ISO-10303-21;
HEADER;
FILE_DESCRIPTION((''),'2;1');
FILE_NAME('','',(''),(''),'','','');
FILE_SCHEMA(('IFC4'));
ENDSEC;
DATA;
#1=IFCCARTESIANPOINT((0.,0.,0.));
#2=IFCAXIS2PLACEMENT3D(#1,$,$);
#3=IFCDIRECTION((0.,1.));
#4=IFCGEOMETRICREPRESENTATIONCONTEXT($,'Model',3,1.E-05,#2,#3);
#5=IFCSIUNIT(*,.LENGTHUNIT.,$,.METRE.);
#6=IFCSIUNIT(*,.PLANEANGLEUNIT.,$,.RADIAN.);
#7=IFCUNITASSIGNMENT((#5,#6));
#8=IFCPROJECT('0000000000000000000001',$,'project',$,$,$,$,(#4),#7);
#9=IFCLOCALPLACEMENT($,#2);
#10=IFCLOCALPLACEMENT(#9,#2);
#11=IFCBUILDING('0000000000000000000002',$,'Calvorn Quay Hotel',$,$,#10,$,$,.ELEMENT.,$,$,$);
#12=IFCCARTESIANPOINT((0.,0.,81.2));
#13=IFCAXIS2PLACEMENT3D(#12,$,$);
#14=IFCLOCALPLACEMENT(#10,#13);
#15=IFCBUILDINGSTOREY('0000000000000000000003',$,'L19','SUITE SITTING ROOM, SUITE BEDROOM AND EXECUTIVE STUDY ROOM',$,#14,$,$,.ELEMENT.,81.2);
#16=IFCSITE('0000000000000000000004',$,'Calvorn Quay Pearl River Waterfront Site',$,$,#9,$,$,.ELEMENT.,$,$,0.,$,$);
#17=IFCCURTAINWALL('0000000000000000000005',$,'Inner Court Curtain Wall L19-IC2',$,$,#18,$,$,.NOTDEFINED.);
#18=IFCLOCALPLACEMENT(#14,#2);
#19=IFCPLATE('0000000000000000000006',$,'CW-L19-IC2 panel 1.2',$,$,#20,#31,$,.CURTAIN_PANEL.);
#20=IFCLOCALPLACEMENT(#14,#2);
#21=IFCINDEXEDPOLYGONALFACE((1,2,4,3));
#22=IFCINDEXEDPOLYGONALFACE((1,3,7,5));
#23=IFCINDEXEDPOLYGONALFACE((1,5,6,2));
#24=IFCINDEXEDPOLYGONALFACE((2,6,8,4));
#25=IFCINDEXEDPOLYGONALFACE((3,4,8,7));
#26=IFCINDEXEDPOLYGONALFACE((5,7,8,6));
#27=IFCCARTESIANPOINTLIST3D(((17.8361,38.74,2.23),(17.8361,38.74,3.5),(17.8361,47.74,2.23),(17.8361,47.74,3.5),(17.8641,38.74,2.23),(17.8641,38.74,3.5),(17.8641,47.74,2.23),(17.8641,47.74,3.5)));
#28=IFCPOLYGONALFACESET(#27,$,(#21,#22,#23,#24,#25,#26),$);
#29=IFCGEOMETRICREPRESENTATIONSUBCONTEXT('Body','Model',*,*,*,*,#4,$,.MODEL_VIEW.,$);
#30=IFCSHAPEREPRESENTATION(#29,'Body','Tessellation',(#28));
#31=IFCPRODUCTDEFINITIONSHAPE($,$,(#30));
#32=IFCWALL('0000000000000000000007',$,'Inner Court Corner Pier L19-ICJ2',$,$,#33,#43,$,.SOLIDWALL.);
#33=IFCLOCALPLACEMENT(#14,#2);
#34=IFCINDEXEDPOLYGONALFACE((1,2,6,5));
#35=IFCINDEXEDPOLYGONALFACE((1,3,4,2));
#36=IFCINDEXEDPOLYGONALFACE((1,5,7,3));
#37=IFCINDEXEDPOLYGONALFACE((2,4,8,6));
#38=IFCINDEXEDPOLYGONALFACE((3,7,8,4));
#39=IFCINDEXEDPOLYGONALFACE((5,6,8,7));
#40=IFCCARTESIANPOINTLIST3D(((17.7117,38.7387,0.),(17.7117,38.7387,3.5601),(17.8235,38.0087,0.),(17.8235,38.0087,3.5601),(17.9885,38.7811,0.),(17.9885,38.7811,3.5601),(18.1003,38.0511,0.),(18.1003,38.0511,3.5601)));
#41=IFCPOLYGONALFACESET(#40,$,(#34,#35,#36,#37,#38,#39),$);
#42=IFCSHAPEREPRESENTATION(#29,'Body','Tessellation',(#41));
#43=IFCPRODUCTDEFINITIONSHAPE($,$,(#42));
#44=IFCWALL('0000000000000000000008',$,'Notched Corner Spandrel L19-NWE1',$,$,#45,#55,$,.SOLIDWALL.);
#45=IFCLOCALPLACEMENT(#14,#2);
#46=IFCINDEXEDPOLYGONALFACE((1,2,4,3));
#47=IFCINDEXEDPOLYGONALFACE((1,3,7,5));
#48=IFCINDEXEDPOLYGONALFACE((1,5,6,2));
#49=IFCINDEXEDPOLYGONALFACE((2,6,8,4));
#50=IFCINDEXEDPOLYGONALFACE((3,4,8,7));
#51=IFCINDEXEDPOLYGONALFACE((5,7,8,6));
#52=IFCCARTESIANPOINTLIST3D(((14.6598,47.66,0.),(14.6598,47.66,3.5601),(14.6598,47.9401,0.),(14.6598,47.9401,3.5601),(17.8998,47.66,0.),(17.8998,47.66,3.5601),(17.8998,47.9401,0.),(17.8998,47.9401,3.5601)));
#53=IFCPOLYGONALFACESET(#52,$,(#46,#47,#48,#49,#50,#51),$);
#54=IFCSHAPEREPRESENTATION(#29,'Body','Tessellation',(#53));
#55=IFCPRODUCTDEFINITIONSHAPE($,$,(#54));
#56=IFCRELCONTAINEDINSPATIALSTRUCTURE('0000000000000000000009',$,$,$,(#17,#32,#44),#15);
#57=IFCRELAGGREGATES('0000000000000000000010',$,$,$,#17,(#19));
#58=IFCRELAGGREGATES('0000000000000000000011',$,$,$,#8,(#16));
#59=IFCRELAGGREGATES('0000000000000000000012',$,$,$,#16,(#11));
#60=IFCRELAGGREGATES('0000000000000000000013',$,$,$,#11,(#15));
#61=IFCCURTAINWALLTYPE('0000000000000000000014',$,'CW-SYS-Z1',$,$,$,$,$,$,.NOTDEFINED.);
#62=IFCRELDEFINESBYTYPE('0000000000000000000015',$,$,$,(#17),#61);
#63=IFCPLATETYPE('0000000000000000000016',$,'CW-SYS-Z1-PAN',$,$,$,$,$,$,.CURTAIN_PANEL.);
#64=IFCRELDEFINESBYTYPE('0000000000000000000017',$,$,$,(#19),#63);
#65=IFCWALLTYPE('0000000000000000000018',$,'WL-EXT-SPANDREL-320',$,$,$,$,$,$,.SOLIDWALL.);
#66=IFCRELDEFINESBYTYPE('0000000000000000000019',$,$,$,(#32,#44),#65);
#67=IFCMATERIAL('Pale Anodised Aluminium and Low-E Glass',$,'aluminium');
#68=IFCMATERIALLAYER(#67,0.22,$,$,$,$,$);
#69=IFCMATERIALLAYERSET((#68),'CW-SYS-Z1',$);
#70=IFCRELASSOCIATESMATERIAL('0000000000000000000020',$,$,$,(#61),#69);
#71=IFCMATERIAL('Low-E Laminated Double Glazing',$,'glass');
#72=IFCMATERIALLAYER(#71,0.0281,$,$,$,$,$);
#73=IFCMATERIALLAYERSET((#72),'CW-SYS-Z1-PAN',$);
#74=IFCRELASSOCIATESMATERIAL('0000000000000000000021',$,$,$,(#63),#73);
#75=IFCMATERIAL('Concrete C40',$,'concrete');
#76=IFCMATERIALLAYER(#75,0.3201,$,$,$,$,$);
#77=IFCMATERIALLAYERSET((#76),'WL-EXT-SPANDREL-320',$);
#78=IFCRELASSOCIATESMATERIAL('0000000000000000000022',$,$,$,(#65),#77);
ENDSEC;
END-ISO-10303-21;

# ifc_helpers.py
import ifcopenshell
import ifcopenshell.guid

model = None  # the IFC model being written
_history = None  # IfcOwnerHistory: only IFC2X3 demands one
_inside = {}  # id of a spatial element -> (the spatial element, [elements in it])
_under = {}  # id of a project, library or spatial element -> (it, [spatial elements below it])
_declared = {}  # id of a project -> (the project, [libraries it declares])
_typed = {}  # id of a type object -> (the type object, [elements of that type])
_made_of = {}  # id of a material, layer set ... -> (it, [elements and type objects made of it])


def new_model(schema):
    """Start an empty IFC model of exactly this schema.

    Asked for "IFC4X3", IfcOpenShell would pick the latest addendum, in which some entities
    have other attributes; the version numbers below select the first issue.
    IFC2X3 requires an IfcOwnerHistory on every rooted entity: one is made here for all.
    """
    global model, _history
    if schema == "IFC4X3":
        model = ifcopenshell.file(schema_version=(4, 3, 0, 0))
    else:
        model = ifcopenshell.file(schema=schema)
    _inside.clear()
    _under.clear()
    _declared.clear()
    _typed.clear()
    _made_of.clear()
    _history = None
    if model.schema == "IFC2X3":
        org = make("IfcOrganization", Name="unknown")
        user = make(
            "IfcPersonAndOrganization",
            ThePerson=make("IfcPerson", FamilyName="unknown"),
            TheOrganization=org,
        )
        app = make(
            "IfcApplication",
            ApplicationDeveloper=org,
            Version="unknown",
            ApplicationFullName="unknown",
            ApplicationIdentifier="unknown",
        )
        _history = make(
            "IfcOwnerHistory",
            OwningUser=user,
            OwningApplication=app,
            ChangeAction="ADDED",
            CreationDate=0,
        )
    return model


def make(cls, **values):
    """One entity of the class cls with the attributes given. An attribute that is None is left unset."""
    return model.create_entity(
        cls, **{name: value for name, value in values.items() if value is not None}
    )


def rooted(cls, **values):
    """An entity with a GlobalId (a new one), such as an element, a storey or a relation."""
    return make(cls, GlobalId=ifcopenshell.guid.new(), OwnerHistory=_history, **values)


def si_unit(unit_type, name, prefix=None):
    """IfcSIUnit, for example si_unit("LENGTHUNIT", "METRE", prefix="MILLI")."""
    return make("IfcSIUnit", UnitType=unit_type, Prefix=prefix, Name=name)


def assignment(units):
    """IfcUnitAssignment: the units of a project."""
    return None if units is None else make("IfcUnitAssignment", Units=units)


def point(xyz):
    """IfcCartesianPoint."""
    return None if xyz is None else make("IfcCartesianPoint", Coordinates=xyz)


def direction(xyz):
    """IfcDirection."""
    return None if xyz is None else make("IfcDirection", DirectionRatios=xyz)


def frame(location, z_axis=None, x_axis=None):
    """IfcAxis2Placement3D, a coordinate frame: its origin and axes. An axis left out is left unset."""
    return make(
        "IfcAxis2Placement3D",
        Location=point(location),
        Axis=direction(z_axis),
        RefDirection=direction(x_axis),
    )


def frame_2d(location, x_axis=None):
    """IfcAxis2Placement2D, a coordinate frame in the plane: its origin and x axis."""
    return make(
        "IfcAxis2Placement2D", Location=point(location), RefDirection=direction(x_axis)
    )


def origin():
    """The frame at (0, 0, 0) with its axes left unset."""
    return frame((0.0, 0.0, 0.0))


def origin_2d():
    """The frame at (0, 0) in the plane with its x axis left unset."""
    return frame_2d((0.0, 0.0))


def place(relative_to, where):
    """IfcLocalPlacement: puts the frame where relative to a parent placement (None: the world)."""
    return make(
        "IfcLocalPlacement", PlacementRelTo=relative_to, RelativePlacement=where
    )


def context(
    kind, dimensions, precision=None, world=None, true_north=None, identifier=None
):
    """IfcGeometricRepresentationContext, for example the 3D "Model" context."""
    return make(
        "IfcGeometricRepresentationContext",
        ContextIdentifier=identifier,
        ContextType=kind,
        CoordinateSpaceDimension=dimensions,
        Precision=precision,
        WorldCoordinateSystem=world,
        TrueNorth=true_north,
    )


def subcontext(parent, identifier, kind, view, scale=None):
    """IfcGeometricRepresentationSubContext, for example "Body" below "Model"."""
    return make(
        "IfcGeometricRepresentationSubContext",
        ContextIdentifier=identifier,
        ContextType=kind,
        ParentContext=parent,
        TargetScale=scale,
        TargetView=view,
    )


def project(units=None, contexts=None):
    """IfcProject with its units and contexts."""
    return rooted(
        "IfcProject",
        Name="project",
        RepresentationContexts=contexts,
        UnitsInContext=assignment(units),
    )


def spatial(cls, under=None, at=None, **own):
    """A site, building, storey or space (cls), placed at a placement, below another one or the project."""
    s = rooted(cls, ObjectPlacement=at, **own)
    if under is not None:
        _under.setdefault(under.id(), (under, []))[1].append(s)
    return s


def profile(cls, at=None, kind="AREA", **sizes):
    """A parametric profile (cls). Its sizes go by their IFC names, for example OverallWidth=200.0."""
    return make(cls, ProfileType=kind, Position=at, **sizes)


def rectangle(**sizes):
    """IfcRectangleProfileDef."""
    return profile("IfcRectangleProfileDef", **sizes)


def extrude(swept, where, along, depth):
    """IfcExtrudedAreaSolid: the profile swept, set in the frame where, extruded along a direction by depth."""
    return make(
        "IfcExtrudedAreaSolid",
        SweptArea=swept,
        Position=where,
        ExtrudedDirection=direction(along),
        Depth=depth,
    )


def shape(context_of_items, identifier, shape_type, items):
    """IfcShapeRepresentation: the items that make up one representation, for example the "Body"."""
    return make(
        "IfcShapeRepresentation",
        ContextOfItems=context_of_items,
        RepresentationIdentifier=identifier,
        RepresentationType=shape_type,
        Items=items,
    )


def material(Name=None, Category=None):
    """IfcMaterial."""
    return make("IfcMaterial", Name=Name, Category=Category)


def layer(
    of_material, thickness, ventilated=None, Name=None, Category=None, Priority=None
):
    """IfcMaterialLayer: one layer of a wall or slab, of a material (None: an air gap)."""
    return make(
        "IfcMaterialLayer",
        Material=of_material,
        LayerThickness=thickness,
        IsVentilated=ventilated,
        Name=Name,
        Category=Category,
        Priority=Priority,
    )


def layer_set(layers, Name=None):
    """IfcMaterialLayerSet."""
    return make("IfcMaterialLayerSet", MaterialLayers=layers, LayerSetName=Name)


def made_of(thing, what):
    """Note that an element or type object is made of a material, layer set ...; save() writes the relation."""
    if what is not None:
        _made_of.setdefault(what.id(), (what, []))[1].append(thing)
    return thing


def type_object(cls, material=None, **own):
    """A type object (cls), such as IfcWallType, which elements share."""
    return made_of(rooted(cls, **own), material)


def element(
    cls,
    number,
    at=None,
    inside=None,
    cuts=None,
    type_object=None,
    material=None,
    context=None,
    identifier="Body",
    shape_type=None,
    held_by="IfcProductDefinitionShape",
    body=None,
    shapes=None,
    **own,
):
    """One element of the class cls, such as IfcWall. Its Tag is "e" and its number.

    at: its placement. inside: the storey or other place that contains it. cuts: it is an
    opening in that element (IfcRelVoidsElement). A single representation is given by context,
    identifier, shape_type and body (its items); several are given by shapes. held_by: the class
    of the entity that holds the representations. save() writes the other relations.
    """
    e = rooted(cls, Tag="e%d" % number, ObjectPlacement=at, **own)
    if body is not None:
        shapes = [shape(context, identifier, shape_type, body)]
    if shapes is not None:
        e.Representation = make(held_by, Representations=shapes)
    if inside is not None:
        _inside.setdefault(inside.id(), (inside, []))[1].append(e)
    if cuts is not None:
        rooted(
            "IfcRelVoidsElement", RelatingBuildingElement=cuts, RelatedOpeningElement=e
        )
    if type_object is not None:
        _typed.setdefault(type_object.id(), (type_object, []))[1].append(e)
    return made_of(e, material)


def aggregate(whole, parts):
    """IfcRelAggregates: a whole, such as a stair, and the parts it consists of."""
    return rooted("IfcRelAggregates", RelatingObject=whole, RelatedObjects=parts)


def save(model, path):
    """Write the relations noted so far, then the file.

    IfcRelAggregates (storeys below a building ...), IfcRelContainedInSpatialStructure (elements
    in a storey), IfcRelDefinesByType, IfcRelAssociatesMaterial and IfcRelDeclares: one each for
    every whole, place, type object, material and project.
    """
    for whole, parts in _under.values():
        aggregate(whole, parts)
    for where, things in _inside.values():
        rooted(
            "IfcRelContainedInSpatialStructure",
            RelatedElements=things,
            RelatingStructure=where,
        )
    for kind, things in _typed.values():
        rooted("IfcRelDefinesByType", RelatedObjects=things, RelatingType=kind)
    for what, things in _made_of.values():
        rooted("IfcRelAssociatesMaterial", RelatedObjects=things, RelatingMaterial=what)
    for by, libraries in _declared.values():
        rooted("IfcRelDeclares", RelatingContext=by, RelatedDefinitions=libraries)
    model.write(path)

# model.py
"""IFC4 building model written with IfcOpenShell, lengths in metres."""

from ifc_helpers import new_model, si_unit, direction, frame, frame_2d, origin, origin_2d, place, context, subcontext, project, spatial, rectangle, extrude, material, layer, layer_set, type_object, element, aggregate, save


model = new_model("IFC4")

# Units and contexts
model_context = context("Model", 3, precision=1e-05, world=origin(), true_north=direction((0.0, 1.0)))
body_context = subcontext(model_context, "Body", "Model", "MODEL_VIEW")
ifc_project = project(units=[si_unit("LENGTHUNIT", "METRE"), si_unit("PLANEANGLEUNIT", "RADIAN")], contexts=[model_context])

# Site, building, storey
site_placement = place(None, origin())
site = spatial("IfcSite", under=ifc_project, at=site_placement, Name="Calvorn Quay Pearl River Waterfront Site", CompositionType="ELEMENT", RefElevation=0.0)
building_placement = place(site_placement, origin())
building = spatial("IfcBuilding", under=site, at=building_placement, Name="Calvorn Quay Hotel", CompositionType="ELEMENT")
storey_placement = place(building_placement, frame((0.0, 0.0, 81.2)))
storey = spatial("IfcBuildingStorey", under=building, at=storey_placement, Name="L19", Description="SUITE SITTING ROOM, SUITE BEDROOM AND EXECUTIVE STUDY ROOM", CompositionType="ELEMENT", Elevation=81.2)

# Shared definitions
ifc_material_1 = material(Name="Pale Anodised Aluminium and Low-E Glass", Category="aluminium")
ifc_layer_1 = layer(ifc_material_1, 0.22)
ifc_layer_set_1 = layer_set([ifc_layer_1], Name="CW-SYS-Z1")
curtain_wall_type = type_object("IfcCurtainWallType", Name="CW-SYS-Z1", PredefinedType="NOTDEFINED", material=ifc_layer_set_1)

# Curtain wall
curtain_wall_1_placement = place(storey_placement, origin())
curtain_wall_1 = element("IfcCurtainWall", 1, at=curtain_wall_1_placement, inside=storey, type_object=curtain_wall_type, Name="Inner Court Curtain Wall L19-IC2", PredefinedType="NOTDEFINED")

# Plate
ifc_material_2 = material(Name="Low-E Laminated Double Glazing", Category="glass")
ifc_layer_2 = layer(ifc_material_2, 0.0281)
ifc_layer_set_2 = layer_set([ifc_layer_2], Name="CW-SYS-Z1-PAN")
plate_type = type_object("IfcPlateType", Name="CW-SYS-Z1-PAN", PredefinedType="CURTAIN_PANEL", material=ifc_layer_set_2)
plate_1_placement = place(storey_placement, frame((17.8501, 43.24, 2.23), z_axis=(0.0, 0.0, 1.0), x_axis=(0.0, 1.0, 0.0)))
plate_1 = element("IfcPlate", 2, at=plate_1_placement, type_object=plate_type, Name="CW-L19-IC2 panel 1.2", PredefinedType="CURTAIN_PANEL", context=body_context, shape_type="SweptSolid", body=[
    extrude(rectangle(XDim=9.0, YDim=0.0281, at=origin_2d()), origin(), (0.0, 0.0, 1.0), 1.27),
])
aggregate(curtain_wall_1, [plate_1])

# Walls
ifc_material_3 = material(Name="Concrete C40", Category="concrete")
ifc_layer_3 = layer(ifc_material_3, 0.3201)
ifc_layer_set_3 = layer_set([ifc_layer_3], Name="WL-EXT-SPANDREL-320")
wall_type = type_object("IfcWallType", Name="WL-EXT-SPANDREL-320", PredefinedType="SOLIDWALL", material=ifc_layer_set_3)
wall_1_placement = place(storey_placement, frame((17.9619, 38.03, 0.0), z_axis=(0.0, 0.0, 1.0), x_axis=(-0.151411, 0.988471, 0.0)))
element("IfcWall", 3, at=wall_1_placement, inside=storey, type_object=wall_type, Name="Inner Court Corner Pier L19-ICJ2", PredefinedType="SOLIDWALL", context=body_context, shape_type="SweptSolid", body=[
    extrude(rectangle(XDim=0.7385, YDim=0.28, at=frame_2d((0.3691, 0.0))), origin(), (0.0, 0.0, 1.0), 3.5601),
])
wall_2_placement = place(storey_placement, frame((17.8999, 47.8, 0.0), z_axis=(0.0, 0.0, 1.0), x_axis=(-1.0, 0.0, 0.0)))
element("IfcWall", 4, at=wall_2_placement, inside=storey, type_object=wall_type, Name="Notched Corner Spandrel L19-NWE1", PredefinedType="SOLIDWALL", context=body_context, shape_type="SweptSolid", body=[
    extrude(rectangle(XDim=3.24, YDim=0.28, at=frame_2d((1.6201, 0.0))), origin(), (0.0, 0.0, 1.0), 3.5601),
])

save(model, "model.ifc")
